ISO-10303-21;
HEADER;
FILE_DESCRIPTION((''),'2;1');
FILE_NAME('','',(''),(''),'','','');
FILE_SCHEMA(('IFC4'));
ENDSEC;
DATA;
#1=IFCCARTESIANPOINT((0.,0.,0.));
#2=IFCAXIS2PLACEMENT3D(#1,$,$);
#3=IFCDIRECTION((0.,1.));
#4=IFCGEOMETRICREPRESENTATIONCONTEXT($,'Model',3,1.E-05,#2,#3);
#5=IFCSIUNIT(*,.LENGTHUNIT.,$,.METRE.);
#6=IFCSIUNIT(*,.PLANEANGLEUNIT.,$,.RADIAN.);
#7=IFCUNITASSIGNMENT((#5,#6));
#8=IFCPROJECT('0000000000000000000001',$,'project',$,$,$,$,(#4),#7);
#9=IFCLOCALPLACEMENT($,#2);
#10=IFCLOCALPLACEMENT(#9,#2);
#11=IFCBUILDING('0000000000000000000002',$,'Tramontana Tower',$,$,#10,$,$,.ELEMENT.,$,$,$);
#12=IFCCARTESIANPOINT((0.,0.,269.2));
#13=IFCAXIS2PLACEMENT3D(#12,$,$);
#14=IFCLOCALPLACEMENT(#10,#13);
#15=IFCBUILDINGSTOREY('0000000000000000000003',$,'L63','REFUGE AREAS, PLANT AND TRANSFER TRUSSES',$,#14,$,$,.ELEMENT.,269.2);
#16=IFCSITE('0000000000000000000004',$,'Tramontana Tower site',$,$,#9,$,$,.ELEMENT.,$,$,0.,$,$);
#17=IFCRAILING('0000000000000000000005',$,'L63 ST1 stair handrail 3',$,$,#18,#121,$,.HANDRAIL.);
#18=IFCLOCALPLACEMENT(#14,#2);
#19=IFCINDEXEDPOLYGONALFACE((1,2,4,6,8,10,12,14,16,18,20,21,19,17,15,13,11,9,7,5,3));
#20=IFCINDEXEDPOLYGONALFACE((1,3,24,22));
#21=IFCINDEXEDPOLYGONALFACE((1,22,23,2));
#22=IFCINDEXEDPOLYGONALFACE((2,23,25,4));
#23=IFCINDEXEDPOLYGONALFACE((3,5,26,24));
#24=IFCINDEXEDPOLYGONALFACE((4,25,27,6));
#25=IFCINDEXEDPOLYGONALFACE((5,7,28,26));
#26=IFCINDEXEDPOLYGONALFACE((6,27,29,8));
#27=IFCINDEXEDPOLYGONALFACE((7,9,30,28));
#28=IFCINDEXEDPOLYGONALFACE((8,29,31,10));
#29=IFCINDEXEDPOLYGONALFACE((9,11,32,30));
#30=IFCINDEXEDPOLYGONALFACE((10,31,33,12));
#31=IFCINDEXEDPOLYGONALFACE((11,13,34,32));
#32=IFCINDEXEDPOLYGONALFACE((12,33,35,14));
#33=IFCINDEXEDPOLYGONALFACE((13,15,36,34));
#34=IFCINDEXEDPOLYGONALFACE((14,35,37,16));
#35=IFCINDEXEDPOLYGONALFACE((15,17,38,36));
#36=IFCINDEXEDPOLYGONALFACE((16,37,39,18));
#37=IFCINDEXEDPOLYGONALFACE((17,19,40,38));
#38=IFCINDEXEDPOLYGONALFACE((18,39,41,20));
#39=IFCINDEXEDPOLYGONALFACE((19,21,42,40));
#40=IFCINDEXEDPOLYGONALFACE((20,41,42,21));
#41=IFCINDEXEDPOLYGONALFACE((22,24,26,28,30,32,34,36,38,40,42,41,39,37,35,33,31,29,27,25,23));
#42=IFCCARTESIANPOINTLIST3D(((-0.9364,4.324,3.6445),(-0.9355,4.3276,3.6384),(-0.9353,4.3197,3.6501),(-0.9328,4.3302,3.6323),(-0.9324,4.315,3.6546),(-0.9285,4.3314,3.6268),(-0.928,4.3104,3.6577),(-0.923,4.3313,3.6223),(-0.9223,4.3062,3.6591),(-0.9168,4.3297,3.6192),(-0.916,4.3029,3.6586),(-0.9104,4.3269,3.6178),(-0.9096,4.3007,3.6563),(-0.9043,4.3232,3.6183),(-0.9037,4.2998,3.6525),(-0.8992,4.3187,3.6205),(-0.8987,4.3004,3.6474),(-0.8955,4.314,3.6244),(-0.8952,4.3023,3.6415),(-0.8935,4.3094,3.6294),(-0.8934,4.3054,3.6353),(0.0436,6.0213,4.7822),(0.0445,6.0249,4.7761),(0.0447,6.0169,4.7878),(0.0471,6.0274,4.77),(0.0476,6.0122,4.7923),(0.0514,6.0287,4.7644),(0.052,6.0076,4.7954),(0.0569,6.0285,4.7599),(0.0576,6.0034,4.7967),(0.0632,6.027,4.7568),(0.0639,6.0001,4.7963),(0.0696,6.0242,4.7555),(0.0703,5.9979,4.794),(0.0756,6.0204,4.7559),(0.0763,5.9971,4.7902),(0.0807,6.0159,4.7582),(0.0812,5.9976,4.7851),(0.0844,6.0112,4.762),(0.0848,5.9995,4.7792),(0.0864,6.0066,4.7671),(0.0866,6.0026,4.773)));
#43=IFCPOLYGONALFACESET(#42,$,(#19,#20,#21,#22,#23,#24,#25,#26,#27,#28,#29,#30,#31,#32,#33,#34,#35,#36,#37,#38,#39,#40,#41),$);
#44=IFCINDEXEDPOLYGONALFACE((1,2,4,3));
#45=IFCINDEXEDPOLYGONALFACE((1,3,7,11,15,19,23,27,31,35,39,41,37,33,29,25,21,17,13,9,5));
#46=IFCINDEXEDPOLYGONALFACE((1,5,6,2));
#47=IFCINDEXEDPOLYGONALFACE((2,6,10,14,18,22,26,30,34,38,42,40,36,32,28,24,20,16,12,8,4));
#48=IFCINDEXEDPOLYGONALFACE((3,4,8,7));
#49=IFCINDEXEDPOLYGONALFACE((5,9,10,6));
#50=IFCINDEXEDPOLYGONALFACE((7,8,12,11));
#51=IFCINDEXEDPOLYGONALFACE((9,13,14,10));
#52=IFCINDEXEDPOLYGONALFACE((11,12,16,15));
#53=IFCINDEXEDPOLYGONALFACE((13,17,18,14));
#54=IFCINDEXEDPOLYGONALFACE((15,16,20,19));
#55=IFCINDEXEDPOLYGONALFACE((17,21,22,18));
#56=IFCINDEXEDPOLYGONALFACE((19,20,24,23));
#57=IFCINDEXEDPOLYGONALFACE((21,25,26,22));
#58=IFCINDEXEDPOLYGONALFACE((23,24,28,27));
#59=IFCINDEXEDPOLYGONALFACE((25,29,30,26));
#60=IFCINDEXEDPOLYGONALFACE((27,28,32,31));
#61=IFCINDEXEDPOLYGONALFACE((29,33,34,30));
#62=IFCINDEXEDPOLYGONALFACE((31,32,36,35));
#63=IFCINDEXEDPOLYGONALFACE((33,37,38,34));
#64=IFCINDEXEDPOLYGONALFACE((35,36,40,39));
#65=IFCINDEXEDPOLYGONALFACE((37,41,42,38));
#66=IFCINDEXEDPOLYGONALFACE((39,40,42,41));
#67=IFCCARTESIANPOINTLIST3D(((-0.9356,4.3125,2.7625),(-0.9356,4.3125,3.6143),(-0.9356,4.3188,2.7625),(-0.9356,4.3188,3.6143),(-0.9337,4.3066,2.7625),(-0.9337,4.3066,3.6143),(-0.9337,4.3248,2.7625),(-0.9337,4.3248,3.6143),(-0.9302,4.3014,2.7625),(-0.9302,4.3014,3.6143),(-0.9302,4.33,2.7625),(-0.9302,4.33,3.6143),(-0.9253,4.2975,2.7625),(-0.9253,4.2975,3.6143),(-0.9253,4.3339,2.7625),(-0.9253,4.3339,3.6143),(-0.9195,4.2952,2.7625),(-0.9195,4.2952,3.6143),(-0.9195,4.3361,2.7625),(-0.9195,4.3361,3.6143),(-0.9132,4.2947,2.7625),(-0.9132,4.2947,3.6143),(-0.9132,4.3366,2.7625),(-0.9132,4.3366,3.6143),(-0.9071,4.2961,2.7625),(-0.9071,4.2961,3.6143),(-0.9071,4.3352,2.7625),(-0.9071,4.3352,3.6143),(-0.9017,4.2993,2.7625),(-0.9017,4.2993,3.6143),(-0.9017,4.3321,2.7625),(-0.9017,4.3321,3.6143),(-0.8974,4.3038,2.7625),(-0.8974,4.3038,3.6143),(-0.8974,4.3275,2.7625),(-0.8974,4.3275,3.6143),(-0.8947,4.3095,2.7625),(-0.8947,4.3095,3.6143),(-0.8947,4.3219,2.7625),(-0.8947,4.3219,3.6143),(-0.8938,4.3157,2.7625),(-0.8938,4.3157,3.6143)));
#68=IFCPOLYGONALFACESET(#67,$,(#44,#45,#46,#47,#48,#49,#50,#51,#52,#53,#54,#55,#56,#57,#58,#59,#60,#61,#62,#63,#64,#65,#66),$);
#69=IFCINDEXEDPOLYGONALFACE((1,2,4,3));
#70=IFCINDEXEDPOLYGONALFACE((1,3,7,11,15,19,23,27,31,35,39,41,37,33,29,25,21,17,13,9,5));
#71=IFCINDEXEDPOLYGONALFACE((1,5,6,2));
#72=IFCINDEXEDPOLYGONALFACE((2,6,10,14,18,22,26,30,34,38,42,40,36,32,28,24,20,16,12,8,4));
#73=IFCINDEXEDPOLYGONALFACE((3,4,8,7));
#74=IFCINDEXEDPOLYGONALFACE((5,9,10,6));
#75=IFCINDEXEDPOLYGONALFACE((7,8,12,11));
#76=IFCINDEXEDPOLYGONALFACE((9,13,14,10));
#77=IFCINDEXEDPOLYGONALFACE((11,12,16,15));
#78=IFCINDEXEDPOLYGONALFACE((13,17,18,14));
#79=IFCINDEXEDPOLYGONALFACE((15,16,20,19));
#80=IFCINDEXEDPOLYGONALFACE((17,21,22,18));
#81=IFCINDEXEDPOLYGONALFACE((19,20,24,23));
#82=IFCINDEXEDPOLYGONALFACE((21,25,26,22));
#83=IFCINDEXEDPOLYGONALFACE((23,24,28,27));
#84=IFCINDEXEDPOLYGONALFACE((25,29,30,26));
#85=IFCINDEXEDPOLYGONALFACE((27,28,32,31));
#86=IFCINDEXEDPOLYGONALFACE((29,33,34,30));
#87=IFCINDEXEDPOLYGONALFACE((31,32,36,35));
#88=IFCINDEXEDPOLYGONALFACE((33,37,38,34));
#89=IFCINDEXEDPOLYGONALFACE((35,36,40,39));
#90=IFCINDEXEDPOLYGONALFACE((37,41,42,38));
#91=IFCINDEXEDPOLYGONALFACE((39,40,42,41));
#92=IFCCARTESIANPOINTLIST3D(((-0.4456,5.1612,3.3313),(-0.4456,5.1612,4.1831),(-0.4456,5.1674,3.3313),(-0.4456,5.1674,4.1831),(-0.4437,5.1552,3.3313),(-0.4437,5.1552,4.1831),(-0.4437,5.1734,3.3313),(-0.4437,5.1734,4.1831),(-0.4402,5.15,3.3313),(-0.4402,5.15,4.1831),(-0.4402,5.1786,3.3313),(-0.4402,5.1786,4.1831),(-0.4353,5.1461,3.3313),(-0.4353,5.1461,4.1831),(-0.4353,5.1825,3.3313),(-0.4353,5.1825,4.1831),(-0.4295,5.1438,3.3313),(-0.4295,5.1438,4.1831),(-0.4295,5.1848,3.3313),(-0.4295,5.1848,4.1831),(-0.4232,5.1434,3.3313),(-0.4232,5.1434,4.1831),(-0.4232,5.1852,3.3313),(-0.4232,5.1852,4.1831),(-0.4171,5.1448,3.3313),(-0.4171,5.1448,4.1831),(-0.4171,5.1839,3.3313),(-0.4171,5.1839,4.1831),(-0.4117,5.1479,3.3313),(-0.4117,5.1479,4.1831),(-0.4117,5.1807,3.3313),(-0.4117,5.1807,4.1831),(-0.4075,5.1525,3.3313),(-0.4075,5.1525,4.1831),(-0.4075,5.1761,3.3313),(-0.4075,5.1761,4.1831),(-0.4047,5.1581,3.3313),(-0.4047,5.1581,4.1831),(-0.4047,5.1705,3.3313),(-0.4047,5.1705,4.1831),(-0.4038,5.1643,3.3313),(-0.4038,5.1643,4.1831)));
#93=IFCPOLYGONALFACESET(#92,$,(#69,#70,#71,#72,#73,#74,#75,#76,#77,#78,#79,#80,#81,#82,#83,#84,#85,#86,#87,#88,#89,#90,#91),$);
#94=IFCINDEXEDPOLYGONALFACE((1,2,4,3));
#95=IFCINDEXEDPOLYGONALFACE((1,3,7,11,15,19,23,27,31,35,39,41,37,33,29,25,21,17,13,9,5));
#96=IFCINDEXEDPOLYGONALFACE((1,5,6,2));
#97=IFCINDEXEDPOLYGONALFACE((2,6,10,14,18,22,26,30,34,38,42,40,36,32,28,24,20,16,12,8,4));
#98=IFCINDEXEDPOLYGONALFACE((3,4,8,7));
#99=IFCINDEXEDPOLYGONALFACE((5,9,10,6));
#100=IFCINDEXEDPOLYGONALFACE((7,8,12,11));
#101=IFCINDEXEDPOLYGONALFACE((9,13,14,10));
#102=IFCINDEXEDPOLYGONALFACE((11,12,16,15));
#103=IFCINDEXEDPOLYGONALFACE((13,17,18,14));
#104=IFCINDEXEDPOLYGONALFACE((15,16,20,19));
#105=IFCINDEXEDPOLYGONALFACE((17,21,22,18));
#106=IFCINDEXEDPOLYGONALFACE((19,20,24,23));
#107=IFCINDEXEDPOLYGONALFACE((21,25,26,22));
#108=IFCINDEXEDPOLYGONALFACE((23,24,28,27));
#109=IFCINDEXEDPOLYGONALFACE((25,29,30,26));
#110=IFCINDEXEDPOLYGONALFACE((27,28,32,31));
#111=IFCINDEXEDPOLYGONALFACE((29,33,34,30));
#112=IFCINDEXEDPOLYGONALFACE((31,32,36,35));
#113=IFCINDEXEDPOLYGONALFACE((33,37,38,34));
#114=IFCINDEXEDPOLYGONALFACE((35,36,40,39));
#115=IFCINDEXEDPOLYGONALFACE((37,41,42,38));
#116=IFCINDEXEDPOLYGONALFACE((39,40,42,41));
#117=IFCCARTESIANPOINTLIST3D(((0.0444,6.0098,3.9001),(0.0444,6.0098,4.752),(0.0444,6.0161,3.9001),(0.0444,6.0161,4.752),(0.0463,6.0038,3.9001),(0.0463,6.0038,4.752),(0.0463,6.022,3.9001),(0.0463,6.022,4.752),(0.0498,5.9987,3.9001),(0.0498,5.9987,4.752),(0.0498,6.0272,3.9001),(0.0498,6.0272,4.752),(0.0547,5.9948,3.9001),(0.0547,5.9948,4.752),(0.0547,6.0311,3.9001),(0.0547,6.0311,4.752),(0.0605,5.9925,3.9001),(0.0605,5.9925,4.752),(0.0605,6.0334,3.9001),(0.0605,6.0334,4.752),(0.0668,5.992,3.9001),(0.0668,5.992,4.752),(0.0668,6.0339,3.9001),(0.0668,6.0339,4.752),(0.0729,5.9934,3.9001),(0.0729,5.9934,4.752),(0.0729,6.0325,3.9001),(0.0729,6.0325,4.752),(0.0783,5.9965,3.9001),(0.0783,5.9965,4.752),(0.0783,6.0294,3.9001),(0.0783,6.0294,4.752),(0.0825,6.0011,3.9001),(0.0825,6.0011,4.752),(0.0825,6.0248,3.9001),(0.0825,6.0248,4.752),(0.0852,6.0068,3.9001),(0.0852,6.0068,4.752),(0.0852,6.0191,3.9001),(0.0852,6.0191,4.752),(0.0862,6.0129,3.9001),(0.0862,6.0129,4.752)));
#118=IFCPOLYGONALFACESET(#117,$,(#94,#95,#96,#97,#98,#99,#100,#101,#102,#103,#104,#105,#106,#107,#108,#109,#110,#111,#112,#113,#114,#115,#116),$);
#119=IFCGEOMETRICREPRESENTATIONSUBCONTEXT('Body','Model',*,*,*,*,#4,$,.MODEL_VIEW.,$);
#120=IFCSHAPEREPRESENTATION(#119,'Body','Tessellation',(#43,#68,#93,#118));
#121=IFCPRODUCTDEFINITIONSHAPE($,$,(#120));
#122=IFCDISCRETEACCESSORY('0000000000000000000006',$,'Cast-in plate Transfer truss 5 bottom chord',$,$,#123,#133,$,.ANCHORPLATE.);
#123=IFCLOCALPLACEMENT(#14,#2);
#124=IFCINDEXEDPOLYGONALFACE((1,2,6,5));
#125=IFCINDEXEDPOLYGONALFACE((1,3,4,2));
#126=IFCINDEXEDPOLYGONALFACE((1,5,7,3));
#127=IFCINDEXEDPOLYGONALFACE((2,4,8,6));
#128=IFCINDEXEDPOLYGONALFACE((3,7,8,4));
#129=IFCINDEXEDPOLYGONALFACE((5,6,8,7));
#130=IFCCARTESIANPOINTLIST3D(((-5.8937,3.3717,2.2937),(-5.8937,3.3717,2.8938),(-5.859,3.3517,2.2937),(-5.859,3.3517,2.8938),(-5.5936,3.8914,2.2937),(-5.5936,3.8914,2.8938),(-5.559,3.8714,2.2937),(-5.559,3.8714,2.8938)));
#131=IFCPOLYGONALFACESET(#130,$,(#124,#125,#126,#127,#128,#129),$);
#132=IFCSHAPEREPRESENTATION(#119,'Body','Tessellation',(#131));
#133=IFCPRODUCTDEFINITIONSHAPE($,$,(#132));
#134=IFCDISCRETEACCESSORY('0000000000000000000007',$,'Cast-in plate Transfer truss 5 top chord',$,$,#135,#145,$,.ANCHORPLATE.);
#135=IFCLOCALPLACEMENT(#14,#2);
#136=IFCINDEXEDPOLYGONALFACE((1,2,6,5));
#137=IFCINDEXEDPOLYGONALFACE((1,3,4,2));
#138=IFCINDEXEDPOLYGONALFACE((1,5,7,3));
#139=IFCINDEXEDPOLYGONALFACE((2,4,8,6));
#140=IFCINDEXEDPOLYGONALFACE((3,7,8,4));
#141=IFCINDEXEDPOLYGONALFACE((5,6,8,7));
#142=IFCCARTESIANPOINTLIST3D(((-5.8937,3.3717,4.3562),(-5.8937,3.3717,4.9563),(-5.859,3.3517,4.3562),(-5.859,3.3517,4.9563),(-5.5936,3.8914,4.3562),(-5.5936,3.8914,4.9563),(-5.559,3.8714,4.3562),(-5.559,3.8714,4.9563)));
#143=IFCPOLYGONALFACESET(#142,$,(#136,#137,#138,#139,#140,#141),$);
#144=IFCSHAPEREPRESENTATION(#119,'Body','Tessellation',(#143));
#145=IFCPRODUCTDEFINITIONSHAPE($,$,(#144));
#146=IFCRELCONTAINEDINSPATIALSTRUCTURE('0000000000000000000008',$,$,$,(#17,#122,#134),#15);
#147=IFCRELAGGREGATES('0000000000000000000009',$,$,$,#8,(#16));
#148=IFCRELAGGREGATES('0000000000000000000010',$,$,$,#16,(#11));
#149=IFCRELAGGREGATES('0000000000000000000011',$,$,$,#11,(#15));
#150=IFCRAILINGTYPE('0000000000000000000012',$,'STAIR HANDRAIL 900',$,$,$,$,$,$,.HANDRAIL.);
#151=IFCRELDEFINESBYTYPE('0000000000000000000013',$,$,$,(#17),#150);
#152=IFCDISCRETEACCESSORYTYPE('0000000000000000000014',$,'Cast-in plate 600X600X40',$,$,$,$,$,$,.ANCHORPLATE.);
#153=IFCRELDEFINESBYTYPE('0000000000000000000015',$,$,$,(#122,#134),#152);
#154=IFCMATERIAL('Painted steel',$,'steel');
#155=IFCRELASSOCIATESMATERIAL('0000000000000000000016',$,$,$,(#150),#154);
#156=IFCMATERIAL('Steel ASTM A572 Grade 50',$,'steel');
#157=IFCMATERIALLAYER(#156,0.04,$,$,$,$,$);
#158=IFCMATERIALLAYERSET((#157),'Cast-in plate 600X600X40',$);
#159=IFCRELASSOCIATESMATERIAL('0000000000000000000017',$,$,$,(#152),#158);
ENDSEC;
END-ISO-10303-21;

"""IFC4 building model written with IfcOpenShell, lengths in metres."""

from ifc_helpers import new_model, si_unit, direction, frame, origin, origin_2d, place, context, subcontext, project, spatial, rectangle, circle, extrude, material, layer, layer_set, type_object, element, save


model = new_model("IFC4")

# Units and contexts
model_context = context("Model", 3, precision=1e-05, world=origin(), true_north=direction((0.0, 1.0)))
body_context = subcontext(model_context, "Body", "Model", "MODEL_VIEW")
ifc_project = project(units=[si_unit("LENGTHUNIT", "METRE"), si_unit("PLANEANGLEUNIT", "RADIAN")], contexts=[model_context])

# Site, building, storey
site_placement = place(None, origin())
site = spatial("IfcSite", under=ifc_project, at=site_placement, Name="Tramontana Tower site", CompositionType="ELEMENT", RefElevation=0.0)
building_placement = place(site_placement, origin())
building = spatial("IfcBuilding", under=site, at=building_placement, Name="Tramontana Tower", CompositionType="ELEMENT")
storey_placement = place(building_placement, frame((0.0, 0.0, 269.2)))
storey = spatial("IfcBuildingStorey", under=building, at=storey_placement, Name="L63", Description="REFUGE AREAS, PLANT AND TRANSFER TRUSSES", CompositionType="ELEMENT", Elevation=269.2)

# Railing
ifc_material_1 = material(Name="Painted steel", Category="steel")
railing_type_1 = type_object("IfcRailingType", Name="STAIR HANDRAIL 900", PredefinedType="HANDRAIL", material=ifc_material_1)
railing_1_placement = place(storey_placement, frame((-0.9148, 4.3157, 2.7625)))
element("IfcRailing", 1, at=railing_1_placement, inside=storey, type_object=railing_type_1, Name="L63 ST1 stair handrail 3", PredefinedType="HANDRAIL", context=body_context, shape_type="SweptSolid", body=[
    extrude(circle(Radius=0.0239, at=origin_2d()), frame((0.0, 0.0, 0.876), z_axis=(0.432443, 0.748965, 0.502039), x_axis=(-0.866011, 0.500024, 0.0)), (0.0, 0.0, 1.0), 2.2661),
    extrude(circle(Radius=0.021, at=origin_2d()), origin(), (0.0, 0.0, 1.0), 0.8518),
    extrude(circle(Radius=0.021, at=origin_2d()), frame((0.49, 0.8486, 0.5688)), (0.0, 0.0, 1.0), 0.8518),
    extrude(circle(Radius=0.021, at=origin_2d()), frame((0.98, 1.6973, 1.1377)), (0.0, 0.0, 1.0), 0.8518),
])

# Discrete accessories
ifc_material_2 = material(Name="Steel ASTM A572 Grade 50", Category="steel")
ifc_layer_1 = layer(ifc_material_2, 0.04)
ifc_layer_set_1 = layer_set([ifc_layer_1], Name="Cast-in plate 600X600X40")
discrete_accessory_type = type_object("IfcDiscreteAccessoryType", Name="Cast-in plate 600X600X40", PredefinedType="ANCHORPLATE", material=ifc_layer_set_1)
for number, where, z_axis, x_axis, name in (
    (2, (-5.7263, 3.6216, 2.2937), (0.0, 0.0, 1.0), (-0.5, -0.866025, 0.0), "Cast-in plate Transfer truss 5 bottom chord"),
    (3, (-5.7263, 3.6216, 4.3562), (0.0, 0.0, 1.0), (-0.5, -0.866025, 0.0), "Cast-in plate Transfer truss 5 top chord"),
):
    element("IfcDiscreteAccessory", number, at=place(storey_placement, frame(where, z_axis=z_axis, x_axis=x_axis)), inside=storey, type_object=discrete_accessory_type, Name=name, PredefinedType="ANCHORPLATE", context=body_context, shape_type="SweptSolid", body=[
        extrude(rectangle(XDim=0.6001, YDim=0.04, at=origin_2d()), origin(), (0.0, 0.0, 1.0), 0.6001),
    ])

save(model, "model.ifc")
